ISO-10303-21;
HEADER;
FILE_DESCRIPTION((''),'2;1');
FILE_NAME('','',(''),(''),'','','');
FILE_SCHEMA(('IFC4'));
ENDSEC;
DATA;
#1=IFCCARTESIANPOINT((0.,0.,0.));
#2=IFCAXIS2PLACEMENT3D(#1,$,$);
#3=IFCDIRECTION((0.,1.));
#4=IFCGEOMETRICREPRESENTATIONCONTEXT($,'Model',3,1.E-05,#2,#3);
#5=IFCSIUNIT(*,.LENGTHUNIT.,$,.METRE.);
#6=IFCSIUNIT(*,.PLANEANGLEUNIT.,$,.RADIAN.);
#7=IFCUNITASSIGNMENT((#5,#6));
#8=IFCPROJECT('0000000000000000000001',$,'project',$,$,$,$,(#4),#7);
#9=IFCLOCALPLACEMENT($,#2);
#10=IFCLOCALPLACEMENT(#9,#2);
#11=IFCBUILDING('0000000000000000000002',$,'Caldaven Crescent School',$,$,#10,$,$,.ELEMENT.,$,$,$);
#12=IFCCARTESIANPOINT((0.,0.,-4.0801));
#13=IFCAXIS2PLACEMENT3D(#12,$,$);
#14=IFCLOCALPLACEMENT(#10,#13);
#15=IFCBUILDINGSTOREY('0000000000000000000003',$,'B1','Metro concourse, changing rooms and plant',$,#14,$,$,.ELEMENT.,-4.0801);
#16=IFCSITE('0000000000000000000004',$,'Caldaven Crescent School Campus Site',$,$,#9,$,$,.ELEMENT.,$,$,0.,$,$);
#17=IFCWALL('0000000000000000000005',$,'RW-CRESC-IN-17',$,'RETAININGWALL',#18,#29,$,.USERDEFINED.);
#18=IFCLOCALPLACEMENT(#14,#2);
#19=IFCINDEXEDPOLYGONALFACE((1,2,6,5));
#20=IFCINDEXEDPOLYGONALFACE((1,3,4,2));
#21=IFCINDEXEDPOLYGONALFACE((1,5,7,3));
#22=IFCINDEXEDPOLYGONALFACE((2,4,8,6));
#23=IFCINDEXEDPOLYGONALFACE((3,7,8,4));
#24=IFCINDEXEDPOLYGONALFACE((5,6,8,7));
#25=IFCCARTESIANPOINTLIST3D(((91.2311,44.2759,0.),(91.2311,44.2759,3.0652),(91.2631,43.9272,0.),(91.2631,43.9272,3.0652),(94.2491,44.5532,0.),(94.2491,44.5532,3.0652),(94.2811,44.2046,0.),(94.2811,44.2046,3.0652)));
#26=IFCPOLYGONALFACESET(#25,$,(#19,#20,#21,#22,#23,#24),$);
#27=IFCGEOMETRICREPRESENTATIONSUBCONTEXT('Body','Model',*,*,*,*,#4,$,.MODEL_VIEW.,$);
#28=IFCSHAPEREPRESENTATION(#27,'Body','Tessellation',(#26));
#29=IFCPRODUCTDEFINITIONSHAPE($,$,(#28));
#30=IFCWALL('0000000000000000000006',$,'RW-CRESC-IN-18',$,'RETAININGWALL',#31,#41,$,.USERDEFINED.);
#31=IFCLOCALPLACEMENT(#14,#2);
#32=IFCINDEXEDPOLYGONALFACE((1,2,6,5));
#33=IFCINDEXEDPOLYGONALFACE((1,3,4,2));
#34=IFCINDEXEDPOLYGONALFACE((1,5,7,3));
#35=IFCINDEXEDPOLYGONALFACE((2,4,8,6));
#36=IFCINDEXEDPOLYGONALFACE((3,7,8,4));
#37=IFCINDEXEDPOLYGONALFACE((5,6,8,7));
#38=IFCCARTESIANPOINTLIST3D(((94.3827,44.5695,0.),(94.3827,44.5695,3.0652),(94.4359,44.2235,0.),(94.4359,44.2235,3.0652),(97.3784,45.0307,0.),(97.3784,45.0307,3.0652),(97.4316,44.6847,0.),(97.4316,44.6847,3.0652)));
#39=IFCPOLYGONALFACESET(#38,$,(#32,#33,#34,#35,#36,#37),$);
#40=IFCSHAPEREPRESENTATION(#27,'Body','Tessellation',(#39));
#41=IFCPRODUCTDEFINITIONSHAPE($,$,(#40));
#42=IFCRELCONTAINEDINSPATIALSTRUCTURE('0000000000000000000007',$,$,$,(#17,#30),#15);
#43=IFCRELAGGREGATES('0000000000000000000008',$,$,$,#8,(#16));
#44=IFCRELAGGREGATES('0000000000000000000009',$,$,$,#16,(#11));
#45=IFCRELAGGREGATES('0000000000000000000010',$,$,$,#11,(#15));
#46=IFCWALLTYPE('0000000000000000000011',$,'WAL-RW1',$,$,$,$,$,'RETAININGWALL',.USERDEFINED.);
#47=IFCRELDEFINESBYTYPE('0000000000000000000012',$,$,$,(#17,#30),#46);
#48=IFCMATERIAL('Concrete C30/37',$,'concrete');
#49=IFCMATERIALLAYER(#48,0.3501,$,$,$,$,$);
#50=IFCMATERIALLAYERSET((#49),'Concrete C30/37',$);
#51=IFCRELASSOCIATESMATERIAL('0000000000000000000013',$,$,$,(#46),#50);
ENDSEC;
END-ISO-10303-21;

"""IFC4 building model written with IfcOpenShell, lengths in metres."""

from ifc_helpers import new_model, si_unit, direction, frame, frame_2d, origin, place, context, subcontext, project, spatial, rectangle, extrude, material, layer, layer_set, type_object, element, save


model = new_model("IFC4")

# Units and contexts
model_context = context("Model", 3, precision=1e-05, world=origin(), true_north=direction((0.0, 1.0)))
body_context = subcontext(model_context, "Body", "Model", "MODEL_VIEW")
ifc_project = project(units=[si_unit("LENGTHUNIT", "METRE"), si_unit("PLANEANGLEUNIT", "RADIAN")], contexts=[model_context])

# Site, building, storey
site_placement = place(None, origin())
site = spatial("IfcSite", under=ifc_project, at=site_placement, Name="Caldaven Crescent School Campus Site", CompositionType="ELEMENT", RefElevation=0.0)
building_placement = place(site_placement, origin())
building = spatial("IfcBuilding", under=site, at=building_placement, Name="Caldaven Crescent School", CompositionType="ELEMENT")
storey_placement = place(building_placement, frame((0.0, 0.0, -4.0801)))
storey = spatial("IfcBuildingStorey", under=building, at=storey_placement, Name="B1", Description="Metro concourse, changing rooms and plant", CompositionType="ELEMENT", Elevation=-4.0801)

# Shared definitions
ifc_material_1 = material(Name="Concrete C30/37", Category="concrete")

# Walls
ifc_layer_1 = layer(ifc_material_1, 0.3501)
ifc_layer_set_1 = layer_set([ifc_layer_1], Name="Concrete C30/37")
wall_type_1 = type_object("IfcWallType", Name="WAL-RW1", ElementType="RETAININGWALL", PredefinedType="USERDEFINED", material=ifc_layer_set_1)
wall_1_placement = place(storey_placement, frame((91.2471, 44.1016, 0.0), z_axis=(0.0, 0.0, 1.0), x_axis=(0.995804, 0.091509, 0.0)))
element("IfcWall", 1, at=wall_1_placement, inside=storey, type_object=wall_type_1, Name="RW-CRESC-IN-17", ObjectType="RETAININGWALL", PredefinedType="USERDEFINED", context=body_context, shape_type="SweptSolid", body=[
    extrude(rectangle(XDim=3.0308, YDim=0.3501, at=frame_2d((1.5154, 0.0))), origin(), (0.0, 0.0, 1.0), 3.0652),
])
wall_2_placement = place(storey_placement, frame((94.4092, 44.3965, 0.0), z_axis=(0.0, 0.0, 1.0), x_axis=(0.988356, 0.15216, 0.0)))
element("IfcWall", 2, at=wall_2_placement, inside=storey, type_object=wall_type_1, Name="RW-CRESC-IN-18", ObjectType="RETAININGWALL", PredefinedType="USERDEFINED", context=body_context, shape_type="SweptSolid", body=[
    extrude(rectangle(XDim=3.031, YDim=0.3501, at=frame_2d((1.5156, 0.0))), origin(), (0.0, 0.0, 1.0), 3.0652),
])

save(model, "model.ifc")
